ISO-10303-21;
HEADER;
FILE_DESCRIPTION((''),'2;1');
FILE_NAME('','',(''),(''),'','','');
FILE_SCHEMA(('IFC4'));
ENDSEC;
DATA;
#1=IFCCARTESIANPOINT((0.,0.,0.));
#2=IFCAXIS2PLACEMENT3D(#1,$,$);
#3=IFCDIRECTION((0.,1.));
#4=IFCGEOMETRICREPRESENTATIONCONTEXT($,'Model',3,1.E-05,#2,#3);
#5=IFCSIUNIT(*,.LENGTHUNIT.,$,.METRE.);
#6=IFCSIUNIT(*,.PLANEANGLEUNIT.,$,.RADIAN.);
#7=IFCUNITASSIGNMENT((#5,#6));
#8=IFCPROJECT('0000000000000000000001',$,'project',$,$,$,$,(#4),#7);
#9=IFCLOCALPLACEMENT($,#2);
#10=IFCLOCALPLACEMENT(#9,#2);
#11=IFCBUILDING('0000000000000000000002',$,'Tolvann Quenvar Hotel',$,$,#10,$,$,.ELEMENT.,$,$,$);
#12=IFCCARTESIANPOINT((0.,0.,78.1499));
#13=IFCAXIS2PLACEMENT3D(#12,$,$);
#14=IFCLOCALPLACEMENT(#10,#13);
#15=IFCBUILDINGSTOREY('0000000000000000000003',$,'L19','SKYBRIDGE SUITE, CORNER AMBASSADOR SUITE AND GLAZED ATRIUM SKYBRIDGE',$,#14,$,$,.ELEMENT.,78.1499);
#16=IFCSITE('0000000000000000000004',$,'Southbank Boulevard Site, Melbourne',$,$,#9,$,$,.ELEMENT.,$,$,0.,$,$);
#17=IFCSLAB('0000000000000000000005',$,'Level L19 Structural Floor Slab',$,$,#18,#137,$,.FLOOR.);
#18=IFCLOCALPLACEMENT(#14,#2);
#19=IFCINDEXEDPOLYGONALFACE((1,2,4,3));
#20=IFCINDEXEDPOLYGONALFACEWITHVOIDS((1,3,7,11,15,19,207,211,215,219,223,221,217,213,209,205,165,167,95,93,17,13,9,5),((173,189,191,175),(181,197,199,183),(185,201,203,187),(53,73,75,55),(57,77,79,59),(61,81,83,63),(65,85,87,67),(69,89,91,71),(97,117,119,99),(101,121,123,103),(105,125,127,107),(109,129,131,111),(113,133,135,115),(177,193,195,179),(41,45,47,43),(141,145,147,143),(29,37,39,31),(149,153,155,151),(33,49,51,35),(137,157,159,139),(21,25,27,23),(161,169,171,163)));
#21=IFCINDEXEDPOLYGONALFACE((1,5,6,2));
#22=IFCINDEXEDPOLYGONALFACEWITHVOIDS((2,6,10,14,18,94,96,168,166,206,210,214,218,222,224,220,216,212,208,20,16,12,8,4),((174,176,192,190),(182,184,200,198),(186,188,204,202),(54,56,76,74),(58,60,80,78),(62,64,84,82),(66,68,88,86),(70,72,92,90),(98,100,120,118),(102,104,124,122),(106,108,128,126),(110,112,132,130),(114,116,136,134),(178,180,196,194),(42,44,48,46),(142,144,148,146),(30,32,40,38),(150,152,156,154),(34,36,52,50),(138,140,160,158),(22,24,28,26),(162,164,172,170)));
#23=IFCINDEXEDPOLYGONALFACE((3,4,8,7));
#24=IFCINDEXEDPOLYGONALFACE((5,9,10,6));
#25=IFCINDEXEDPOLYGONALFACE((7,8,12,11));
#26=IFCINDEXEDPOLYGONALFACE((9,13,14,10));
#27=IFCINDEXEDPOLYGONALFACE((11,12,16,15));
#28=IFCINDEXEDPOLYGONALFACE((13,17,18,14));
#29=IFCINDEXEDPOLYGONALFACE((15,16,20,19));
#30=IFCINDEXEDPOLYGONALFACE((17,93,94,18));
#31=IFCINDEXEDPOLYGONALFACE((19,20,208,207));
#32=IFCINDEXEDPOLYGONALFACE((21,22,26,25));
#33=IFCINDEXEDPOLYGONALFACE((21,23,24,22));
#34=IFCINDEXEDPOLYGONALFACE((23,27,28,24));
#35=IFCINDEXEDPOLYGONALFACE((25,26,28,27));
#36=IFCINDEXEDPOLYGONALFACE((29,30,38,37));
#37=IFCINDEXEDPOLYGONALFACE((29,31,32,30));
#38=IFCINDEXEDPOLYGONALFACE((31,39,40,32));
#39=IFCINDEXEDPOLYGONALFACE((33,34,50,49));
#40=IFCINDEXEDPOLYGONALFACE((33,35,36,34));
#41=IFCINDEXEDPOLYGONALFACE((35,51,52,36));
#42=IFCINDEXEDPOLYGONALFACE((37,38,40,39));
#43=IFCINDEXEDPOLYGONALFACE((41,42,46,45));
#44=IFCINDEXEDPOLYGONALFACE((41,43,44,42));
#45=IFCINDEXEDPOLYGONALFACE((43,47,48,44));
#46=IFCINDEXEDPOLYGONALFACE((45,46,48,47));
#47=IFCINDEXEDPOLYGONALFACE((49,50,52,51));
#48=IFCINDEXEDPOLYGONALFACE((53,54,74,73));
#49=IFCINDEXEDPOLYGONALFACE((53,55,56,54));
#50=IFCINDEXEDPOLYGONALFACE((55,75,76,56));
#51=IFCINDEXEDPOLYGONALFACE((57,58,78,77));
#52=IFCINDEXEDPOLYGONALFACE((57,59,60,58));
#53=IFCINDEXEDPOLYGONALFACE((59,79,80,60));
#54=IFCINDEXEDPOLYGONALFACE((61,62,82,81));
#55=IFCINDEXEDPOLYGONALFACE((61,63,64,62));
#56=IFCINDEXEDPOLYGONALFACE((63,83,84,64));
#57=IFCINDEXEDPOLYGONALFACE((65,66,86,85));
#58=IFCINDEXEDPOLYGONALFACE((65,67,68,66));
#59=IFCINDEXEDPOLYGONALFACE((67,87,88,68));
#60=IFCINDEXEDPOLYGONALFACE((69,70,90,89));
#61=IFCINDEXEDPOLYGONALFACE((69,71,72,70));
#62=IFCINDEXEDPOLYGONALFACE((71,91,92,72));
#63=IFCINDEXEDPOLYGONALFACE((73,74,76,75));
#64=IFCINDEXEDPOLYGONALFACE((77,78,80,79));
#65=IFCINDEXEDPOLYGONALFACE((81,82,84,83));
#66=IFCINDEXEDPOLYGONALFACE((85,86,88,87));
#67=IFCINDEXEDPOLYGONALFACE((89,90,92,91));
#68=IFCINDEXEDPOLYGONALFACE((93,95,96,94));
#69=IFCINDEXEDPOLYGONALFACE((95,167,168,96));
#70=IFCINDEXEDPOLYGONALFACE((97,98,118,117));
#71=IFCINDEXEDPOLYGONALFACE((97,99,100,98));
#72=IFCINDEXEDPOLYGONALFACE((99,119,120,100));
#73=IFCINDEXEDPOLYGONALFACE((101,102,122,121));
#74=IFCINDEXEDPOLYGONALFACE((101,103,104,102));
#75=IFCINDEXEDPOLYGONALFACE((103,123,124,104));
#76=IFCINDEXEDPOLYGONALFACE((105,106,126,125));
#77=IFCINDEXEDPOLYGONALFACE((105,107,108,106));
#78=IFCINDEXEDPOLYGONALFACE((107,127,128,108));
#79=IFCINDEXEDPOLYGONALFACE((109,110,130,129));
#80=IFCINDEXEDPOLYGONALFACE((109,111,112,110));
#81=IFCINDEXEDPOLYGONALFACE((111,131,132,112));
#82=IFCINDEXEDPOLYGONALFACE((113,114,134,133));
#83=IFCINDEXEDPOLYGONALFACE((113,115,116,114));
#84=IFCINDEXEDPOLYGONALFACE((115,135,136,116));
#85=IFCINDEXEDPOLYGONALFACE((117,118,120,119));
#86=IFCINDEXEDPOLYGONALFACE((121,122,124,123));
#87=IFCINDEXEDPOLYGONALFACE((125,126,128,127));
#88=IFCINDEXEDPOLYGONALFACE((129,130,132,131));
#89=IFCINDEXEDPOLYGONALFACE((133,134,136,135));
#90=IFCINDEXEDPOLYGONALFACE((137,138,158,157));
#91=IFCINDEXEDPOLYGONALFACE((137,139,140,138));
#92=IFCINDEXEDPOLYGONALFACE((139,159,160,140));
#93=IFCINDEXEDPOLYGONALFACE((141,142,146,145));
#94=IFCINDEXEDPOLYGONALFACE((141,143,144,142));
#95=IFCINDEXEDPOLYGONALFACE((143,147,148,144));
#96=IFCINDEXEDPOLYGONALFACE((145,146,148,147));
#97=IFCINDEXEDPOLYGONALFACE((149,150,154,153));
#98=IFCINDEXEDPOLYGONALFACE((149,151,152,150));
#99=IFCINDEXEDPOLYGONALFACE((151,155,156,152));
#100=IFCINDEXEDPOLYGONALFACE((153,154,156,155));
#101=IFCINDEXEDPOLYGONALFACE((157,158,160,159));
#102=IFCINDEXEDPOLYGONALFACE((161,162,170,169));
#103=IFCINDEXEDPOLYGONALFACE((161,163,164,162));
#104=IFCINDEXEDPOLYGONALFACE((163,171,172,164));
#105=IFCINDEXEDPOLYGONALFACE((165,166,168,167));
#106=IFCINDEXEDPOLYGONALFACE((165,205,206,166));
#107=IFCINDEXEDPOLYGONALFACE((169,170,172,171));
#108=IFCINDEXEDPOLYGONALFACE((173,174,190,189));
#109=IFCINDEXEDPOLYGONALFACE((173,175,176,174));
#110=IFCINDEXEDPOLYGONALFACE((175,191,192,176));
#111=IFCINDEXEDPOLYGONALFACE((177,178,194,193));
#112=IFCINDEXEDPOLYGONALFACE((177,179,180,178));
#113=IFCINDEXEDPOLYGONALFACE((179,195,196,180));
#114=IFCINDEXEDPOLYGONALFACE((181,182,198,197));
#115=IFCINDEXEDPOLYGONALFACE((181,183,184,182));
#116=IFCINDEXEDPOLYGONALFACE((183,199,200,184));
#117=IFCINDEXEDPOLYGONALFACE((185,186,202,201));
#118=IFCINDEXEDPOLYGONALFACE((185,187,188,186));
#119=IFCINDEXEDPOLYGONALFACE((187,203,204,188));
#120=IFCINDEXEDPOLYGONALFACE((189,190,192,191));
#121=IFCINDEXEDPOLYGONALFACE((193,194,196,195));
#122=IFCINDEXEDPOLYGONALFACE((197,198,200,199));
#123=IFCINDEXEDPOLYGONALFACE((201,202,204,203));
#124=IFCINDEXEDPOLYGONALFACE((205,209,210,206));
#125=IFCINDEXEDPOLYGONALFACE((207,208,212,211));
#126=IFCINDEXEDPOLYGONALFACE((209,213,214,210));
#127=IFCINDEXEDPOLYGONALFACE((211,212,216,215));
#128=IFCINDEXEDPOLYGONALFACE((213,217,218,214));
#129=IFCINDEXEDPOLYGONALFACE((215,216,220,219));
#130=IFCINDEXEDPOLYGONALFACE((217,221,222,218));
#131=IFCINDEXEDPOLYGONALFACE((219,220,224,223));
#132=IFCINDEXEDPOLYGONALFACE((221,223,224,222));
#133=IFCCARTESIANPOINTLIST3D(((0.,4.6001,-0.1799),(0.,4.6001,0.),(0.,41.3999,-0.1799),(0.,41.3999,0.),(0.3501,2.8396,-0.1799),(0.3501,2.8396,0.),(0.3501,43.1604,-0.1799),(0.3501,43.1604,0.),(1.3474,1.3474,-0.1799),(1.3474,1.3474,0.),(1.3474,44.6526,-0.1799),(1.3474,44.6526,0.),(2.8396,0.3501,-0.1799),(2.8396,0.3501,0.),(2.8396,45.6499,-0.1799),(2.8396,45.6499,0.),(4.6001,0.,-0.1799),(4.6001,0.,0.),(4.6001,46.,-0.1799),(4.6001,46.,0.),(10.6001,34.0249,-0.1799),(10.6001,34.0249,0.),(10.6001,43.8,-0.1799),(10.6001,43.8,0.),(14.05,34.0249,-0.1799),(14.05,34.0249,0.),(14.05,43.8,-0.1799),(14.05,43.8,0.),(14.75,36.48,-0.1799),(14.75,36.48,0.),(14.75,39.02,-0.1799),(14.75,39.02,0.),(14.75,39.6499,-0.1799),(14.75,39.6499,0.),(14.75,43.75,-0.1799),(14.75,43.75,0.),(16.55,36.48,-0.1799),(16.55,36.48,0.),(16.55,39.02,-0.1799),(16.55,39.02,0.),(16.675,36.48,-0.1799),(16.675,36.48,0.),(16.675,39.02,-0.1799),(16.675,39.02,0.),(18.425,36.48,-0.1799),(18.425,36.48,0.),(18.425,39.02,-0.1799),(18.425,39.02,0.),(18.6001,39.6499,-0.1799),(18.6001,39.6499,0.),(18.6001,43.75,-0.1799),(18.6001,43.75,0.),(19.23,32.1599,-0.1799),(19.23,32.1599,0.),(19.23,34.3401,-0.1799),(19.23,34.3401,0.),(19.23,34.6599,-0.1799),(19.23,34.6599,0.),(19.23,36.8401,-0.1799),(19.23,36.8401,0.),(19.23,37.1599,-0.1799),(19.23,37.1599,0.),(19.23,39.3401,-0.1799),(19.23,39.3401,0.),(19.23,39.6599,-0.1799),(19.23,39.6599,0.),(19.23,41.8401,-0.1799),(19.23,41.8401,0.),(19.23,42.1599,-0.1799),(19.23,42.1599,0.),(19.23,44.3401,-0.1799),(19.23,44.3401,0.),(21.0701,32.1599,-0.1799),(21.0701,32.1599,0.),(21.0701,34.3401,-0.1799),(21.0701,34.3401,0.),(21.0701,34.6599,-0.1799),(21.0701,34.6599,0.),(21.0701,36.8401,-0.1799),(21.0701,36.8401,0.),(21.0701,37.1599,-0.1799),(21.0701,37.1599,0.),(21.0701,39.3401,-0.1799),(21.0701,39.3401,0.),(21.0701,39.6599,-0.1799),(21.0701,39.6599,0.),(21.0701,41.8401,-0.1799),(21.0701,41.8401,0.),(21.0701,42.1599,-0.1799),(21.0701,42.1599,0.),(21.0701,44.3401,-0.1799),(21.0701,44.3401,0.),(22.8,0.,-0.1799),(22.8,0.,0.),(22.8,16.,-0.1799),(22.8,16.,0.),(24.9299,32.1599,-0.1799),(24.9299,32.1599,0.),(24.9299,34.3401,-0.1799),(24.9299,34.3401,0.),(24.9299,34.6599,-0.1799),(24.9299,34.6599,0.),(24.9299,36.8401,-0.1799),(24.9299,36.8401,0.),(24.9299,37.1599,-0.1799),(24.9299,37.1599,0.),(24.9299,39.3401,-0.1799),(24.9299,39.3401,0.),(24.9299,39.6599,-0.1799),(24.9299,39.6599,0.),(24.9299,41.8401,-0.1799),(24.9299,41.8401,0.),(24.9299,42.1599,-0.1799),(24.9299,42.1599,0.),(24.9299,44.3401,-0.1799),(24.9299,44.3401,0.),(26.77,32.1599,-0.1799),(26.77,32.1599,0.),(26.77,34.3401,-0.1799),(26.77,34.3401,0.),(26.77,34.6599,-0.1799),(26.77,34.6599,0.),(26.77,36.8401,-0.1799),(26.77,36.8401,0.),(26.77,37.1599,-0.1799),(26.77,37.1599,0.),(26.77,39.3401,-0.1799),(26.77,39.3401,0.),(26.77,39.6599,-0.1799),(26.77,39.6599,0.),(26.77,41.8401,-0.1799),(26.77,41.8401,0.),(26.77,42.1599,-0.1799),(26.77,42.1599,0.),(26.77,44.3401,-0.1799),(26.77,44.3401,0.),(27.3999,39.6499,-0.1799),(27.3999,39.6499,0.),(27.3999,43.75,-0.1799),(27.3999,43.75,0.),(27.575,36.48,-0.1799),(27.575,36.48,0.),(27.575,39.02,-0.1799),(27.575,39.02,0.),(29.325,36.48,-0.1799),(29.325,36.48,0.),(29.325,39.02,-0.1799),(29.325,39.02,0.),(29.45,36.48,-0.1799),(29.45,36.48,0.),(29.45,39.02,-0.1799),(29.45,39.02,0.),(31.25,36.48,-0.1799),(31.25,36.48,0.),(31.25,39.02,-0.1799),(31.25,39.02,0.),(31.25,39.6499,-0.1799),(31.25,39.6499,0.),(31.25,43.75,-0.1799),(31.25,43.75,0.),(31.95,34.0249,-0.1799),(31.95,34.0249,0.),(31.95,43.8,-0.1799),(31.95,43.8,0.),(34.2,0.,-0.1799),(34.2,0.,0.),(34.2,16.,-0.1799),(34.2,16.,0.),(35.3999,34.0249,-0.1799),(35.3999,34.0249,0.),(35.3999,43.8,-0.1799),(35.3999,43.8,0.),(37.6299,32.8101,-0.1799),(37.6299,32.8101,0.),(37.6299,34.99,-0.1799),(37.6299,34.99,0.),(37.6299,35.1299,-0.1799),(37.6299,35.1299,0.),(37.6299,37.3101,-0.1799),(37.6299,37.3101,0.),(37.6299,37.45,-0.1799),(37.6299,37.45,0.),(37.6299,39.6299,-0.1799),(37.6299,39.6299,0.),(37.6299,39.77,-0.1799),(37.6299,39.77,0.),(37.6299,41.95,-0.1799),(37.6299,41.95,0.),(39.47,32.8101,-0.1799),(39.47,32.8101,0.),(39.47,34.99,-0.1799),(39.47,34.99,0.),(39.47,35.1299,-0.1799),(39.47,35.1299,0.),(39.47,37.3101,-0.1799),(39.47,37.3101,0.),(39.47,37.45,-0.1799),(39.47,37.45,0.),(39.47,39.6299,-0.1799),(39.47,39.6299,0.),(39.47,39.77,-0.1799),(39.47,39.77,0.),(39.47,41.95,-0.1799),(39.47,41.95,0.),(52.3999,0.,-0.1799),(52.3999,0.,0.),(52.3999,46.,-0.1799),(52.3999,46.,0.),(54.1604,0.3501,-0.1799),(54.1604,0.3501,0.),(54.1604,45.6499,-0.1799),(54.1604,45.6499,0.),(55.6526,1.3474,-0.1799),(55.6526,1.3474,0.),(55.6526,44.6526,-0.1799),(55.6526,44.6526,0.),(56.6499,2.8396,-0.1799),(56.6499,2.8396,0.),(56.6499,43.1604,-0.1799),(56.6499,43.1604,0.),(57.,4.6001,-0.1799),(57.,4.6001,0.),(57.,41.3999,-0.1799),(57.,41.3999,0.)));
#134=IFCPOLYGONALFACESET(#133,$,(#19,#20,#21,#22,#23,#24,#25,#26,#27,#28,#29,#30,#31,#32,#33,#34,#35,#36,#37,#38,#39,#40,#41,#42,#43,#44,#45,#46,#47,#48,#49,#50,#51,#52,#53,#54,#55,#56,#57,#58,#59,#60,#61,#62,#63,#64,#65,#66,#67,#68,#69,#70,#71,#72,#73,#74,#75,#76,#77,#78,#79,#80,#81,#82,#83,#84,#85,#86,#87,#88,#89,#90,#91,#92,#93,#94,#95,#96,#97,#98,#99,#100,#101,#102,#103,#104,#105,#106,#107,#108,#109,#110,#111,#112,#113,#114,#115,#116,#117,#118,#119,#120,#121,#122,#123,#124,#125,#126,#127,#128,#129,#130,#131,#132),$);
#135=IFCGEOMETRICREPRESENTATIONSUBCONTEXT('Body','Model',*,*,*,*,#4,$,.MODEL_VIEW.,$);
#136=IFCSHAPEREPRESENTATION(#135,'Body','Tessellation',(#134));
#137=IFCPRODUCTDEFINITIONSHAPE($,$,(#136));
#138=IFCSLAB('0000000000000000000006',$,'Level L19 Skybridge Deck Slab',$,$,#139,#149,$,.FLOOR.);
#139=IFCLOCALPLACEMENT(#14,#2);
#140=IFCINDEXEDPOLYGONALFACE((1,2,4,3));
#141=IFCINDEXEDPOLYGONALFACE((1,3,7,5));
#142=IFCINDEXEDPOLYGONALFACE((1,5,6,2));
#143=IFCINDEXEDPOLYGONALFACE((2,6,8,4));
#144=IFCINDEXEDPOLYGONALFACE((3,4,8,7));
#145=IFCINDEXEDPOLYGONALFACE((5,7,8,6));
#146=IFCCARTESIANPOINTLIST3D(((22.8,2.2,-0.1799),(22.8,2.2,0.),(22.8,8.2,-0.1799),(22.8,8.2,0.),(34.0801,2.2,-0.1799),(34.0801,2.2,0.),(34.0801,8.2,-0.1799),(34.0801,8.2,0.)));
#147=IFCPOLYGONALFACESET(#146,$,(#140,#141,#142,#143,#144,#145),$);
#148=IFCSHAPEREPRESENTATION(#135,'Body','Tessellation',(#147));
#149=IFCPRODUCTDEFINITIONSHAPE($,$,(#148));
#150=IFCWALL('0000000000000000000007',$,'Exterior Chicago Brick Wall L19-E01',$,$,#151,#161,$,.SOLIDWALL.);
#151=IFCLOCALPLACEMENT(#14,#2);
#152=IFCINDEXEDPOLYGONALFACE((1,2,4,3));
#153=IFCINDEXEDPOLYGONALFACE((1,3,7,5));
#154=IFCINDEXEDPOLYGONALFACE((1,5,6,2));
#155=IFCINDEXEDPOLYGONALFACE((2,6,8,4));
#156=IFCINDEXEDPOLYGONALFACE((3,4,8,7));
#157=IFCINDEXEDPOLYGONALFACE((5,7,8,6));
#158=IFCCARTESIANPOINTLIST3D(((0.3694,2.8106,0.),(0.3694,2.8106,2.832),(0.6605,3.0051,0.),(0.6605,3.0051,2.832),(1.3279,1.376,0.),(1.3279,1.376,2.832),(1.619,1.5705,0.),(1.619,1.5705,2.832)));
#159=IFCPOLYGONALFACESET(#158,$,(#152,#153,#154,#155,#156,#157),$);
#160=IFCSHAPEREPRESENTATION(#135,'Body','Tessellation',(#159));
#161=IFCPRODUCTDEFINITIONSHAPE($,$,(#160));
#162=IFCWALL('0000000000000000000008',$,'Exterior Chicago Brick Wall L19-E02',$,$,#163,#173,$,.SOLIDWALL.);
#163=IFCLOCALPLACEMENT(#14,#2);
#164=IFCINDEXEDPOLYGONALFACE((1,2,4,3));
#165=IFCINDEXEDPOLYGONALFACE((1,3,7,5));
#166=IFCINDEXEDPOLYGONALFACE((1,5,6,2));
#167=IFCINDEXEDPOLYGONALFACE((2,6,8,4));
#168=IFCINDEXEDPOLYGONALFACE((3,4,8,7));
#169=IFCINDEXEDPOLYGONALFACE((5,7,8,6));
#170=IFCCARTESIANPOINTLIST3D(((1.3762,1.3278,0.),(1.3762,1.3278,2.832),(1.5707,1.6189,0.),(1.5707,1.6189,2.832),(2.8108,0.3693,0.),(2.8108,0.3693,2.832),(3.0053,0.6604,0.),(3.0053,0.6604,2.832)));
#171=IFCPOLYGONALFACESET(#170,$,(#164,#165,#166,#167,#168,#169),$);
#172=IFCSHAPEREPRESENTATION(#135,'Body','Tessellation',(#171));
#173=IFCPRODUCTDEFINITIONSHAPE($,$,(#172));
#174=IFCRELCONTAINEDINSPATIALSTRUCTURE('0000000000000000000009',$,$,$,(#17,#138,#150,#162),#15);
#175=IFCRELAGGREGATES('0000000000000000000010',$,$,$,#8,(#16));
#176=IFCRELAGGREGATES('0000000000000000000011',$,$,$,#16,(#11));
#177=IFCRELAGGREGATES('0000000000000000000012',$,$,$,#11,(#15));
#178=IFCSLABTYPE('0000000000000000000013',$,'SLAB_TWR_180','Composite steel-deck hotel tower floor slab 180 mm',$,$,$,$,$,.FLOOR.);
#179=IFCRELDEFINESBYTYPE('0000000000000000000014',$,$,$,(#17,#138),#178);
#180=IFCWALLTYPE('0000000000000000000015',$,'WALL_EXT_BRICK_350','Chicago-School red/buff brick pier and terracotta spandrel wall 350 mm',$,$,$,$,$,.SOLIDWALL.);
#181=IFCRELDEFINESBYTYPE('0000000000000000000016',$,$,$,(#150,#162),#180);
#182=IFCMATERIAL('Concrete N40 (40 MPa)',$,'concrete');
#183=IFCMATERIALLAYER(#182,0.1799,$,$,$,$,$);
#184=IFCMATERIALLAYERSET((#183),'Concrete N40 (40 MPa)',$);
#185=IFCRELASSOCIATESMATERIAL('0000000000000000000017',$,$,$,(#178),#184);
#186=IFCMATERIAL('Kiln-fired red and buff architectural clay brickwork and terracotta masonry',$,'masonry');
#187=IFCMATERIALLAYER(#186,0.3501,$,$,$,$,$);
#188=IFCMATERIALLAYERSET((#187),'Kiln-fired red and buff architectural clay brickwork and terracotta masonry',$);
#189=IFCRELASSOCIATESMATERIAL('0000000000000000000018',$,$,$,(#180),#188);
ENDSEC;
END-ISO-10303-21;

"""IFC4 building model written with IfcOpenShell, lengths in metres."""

from ifc_helpers import new_model, si_unit, direction, frame, frame_2d, origin, place, context, subcontext, project, spatial, polyline, rectangle, outline, extrude, material, layer, layer_set, type_object, element, save


model = new_model("IFC4")

# Units and contexts
model_context = context("Model", 3, precision=1e-05, world=origin(), true_north=direction((0.0, 1.0)))
body_context = subcontext(model_context, "Body", "Model", "MODEL_VIEW")
ifc_project = project(units=[si_unit("LENGTHUNIT", "METRE"), si_unit("PLANEANGLEUNIT", "RADIAN")], contexts=[model_context])

# Site, building, storey
site_placement = place(None, origin())
site = spatial("IfcSite", under=ifc_project, at=site_placement, Name="Southbank Boulevard Site, Melbourne", CompositionType="ELEMENT", RefElevation=0.0)
building_placement = place(site_placement, origin())
building = spatial("IfcBuilding", under=site, at=building_placement, Name="Tolvann Quenvar Hotel", CompositionType="ELEMENT")
storey_placement = place(building_placement, frame((0.0, 0.0, 78.1499)))
storey = spatial("IfcBuildingStorey", under=building, at=storey_placement, Name="L19", Description="SKYBRIDGE SUITE, CORNER AMBASSADOR SUITE AND GLAZED ATRIUM SKYBRIDGE", CompositionType="ELEMENT", Elevation=78.1499)

# Shared definitions
ifc_material_1 = material(Name="Concrete N40 (40 MPa)", Category="concrete")

# Slabs
ifc_layer_1 = layer(ifc_material_1, 0.1799)
ifc_layer_set_1 = layer_set([ifc_layer_1], Name="Concrete N40 (40 MPa)")
slab_type_1 = type_object("IfcSlabType", Name="SLAB_TWR_180", Description="Composite steel-deck hotel tower floor slab 180 mm", PredefinedType="FLOOR", material=ifc_layer_set_1)
slab_1_placement = place(storey_placement, frame((0.0, 0.0, -0.1799)))
element("IfcSlab", 1, at=slab_1_placement, inside=storey, type_object=slab_type_1, Name="Level L19 Structural Floor Slab", PredefinedType="FLOOR", context=body_context, shape_type="SweptSolid", body=[
    extrude(outline(polyline([(0.0, 4.6001), (0.3501, 2.8396), (1.3474, 1.3474), (2.8396, 0.3501), (4.6001, 0.0), (22.8, 0.0), (22.8, 16.0), (34.2, 16.0), (34.2, 0.0), (52.3999, 0.0), (54.1604, 0.3501), (55.6526, 1.3474), (56.6499, 2.8396), (57.0, 4.6001), (57.0, 41.3999), (56.6499, 43.1604), (55.6526, 44.6526), (54.1604, 45.6499), (52.3999, 46.0), (4.6001, 46.0), (2.8396, 45.6499), (1.3474, 44.6526), (0.3501, 43.1604), (0.0, 41.3999), (0.0, 4.6001)]), holes=[polyline([(37.6299, 41.95), (39.47, 41.95), (39.47, 39.77), (37.6299, 39.77), (37.6299, 41.95)]), polyline([(37.6299, 39.6299), (39.47, 39.6299), (39.47, 37.45), (37.6299, 37.45), (37.6299, 39.6299)]), polyline([(37.6299, 37.3101), (39.47, 37.3101), (39.47, 35.1299), (37.6299, 35.1299), (37.6299, 37.3101)]), polyline([(37.6299, 34.99), (39.47, 34.99), (39.47, 32.8101), (37.6299, 32.8101), (37.6299, 34.99)]), polyline([(31.95, 43.8), (35.3999, 43.8), (35.3999, 34.0249), (31.95, 34.0249), (31.95, 43.8)]), polyline([(31.25, 39.02), (31.25, 36.48), (29.45, 36.48), (29.45, 39.02), (31.25, 39.02)]), polyline([(31.25, 43.75), (31.25, 39.6499), (27.3999, 39.6499), (27.3999, 43.75), (31.25, 43.75)]), polyline([(27.575, 39.02), (29.325, 39.02), (29.325, 36.48), (27.575, 36.48), (27.575, 39.02)]), polyline([(26.77, 36.8401), (26.77, 34.6599), (24.9299, 34.6599), (24.9299, 36.8401), (26.77, 36.8401)]), polyline([(26.77, 44.3401), (26.77, 42.1599), (24.9299, 42.1599), (24.9299, 44.3401), (26.77, 44.3401)]), polyline([(26.77, 41.8401), (26.77, 39.6599), (24.9299, 39.6599), (24.9299, 41.8401), (26.77, 41.8401)]), polyline([(26.77, 39.3401), (26.77, 37.1599), (24.9299, 37.1599), (24.9299, 39.3401), (26.77, 39.3401)]), polyline([(24.9299, 34.3401), (26.77, 34.3401), (26.77, 32.1599), (24.9299, 32.1599), (24.9299, 34.3401)]), polyline([(21.0701, 44.3401), (21.0701, 42.1599), (19.23, 42.1599), (19.23, 44.3401), (21.0701, 44.3401)]), polyline([(19.23, 41.8401), (21.0701, 41.8401), (21.0701, 39.6599), (19.23, 39.6599), (19.23, 41.8401)]), polyline([(21.0701, 39.3401), (21.0701, 37.1599), (19.23, 37.1599), (19.23, 39.3401), (21.0701, 39.3401)]), polyline([(19.23, 36.8401), (21.0701, 36.8401), (21.0701, 34.6599), (19.23, 34.6599), (19.23, 36.8401)]), polyline([(19.23, 34.3401), (21.0701, 34.3401), (21.0701, 32.1599), (19.23, 32.1599), (19.23, 34.3401)]), polyline([(18.6001, 43.75), (18.6001, 39.6499), (14.75, 39.6499), (14.75, 43.75), (18.6001, 43.75)]), polyline([(16.675, 39.02), (18.425, 39.02), (18.425, 36.48), (16.675, 36.48), (16.675, 39.02)]), polyline([(16.55, 39.02), (16.55, 36.48), (14.75, 36.48), (14.75, 39.02), (16.55, 39.02)]), polyline([(10.6001, 43.8), (14.05, 43.8), (14.05, 34.0249), (10.6001, 34.0249), (10.6001, 43.8)])]), origin(), (0.0, 0.0, 1.0), 0.1799),
])
slab_2_placement = place(storey_placement, frame((0.0, 0.0, -0.1799)))
element("IfcSlab", 2, at=slab_2_placement, inside=storey, type_object=slab_type_1, Name="Level L19 Skybridge Deck Slab", PredefinedType="FLOOR", context=body_context, shape_type="SweptSolid", body=[
    extrude(outline(polyline([(22.8, 2.2), (34.0801, 2.2), (34.0801, 8.2), (22.8, 8.2), (22.8, 2.2)])), origin(), (0.0, 0.0, 1.0), 0.1799),
])

# Walls
ifc_material_2 = material(Name="Kiln-fired red and buff architectural clay brickwork and terracotta masonry", Category="masonry")
ifc_layer_2 = layer(ifc_material_2, 0.3501)
ifc_layer_set_2 = layer_set([ifc_layer_2], Name="Kiln-fired red and buff architectural clay brickwork and terracotta masonry")
wall_type_1 = type_object("IfcWallType", Name="WALL_EXT_BRICK_350", Description="Chicago-School red/buff brick pier and terracotta spandrel wall 350 mm", PredefinedType="SOLIDWALL", material=ifc_layer_set_2)
for number, where, z_axis, x_axis, name in (
    (3, (0.5149, 2.908, 0.0), (0.0, 0.0, 1.0), (0.555549, -0.831484, 0.0), "Exterior Chicago Brick Wall L19-E01"),
    (4, (1.4734, 1.4734, 0.0), (0.0, 0.0, 1.0), (0.831484, -0.555549, 0.0), "Exterior Chicago Brick Wall L19-E02"),
):
    element("IfcWall", number, at=place(storey_placement, frame(where, z_axis=z_axis, x_axis=x_axis)), inside=storey, type_object=wall_type_1, Name=name, PredefinedType="SOLIDWALL", context=body_context, shape_type="SweptSolid", body=[
        extrude(rectangle(XDim=1.7253, YDim=0.3501, at=frame_2d((0.8628, 0.0))), origin(), (0.0, 0.0, 1.0), 2.832),
    ])

save(model, "model.ifc")
